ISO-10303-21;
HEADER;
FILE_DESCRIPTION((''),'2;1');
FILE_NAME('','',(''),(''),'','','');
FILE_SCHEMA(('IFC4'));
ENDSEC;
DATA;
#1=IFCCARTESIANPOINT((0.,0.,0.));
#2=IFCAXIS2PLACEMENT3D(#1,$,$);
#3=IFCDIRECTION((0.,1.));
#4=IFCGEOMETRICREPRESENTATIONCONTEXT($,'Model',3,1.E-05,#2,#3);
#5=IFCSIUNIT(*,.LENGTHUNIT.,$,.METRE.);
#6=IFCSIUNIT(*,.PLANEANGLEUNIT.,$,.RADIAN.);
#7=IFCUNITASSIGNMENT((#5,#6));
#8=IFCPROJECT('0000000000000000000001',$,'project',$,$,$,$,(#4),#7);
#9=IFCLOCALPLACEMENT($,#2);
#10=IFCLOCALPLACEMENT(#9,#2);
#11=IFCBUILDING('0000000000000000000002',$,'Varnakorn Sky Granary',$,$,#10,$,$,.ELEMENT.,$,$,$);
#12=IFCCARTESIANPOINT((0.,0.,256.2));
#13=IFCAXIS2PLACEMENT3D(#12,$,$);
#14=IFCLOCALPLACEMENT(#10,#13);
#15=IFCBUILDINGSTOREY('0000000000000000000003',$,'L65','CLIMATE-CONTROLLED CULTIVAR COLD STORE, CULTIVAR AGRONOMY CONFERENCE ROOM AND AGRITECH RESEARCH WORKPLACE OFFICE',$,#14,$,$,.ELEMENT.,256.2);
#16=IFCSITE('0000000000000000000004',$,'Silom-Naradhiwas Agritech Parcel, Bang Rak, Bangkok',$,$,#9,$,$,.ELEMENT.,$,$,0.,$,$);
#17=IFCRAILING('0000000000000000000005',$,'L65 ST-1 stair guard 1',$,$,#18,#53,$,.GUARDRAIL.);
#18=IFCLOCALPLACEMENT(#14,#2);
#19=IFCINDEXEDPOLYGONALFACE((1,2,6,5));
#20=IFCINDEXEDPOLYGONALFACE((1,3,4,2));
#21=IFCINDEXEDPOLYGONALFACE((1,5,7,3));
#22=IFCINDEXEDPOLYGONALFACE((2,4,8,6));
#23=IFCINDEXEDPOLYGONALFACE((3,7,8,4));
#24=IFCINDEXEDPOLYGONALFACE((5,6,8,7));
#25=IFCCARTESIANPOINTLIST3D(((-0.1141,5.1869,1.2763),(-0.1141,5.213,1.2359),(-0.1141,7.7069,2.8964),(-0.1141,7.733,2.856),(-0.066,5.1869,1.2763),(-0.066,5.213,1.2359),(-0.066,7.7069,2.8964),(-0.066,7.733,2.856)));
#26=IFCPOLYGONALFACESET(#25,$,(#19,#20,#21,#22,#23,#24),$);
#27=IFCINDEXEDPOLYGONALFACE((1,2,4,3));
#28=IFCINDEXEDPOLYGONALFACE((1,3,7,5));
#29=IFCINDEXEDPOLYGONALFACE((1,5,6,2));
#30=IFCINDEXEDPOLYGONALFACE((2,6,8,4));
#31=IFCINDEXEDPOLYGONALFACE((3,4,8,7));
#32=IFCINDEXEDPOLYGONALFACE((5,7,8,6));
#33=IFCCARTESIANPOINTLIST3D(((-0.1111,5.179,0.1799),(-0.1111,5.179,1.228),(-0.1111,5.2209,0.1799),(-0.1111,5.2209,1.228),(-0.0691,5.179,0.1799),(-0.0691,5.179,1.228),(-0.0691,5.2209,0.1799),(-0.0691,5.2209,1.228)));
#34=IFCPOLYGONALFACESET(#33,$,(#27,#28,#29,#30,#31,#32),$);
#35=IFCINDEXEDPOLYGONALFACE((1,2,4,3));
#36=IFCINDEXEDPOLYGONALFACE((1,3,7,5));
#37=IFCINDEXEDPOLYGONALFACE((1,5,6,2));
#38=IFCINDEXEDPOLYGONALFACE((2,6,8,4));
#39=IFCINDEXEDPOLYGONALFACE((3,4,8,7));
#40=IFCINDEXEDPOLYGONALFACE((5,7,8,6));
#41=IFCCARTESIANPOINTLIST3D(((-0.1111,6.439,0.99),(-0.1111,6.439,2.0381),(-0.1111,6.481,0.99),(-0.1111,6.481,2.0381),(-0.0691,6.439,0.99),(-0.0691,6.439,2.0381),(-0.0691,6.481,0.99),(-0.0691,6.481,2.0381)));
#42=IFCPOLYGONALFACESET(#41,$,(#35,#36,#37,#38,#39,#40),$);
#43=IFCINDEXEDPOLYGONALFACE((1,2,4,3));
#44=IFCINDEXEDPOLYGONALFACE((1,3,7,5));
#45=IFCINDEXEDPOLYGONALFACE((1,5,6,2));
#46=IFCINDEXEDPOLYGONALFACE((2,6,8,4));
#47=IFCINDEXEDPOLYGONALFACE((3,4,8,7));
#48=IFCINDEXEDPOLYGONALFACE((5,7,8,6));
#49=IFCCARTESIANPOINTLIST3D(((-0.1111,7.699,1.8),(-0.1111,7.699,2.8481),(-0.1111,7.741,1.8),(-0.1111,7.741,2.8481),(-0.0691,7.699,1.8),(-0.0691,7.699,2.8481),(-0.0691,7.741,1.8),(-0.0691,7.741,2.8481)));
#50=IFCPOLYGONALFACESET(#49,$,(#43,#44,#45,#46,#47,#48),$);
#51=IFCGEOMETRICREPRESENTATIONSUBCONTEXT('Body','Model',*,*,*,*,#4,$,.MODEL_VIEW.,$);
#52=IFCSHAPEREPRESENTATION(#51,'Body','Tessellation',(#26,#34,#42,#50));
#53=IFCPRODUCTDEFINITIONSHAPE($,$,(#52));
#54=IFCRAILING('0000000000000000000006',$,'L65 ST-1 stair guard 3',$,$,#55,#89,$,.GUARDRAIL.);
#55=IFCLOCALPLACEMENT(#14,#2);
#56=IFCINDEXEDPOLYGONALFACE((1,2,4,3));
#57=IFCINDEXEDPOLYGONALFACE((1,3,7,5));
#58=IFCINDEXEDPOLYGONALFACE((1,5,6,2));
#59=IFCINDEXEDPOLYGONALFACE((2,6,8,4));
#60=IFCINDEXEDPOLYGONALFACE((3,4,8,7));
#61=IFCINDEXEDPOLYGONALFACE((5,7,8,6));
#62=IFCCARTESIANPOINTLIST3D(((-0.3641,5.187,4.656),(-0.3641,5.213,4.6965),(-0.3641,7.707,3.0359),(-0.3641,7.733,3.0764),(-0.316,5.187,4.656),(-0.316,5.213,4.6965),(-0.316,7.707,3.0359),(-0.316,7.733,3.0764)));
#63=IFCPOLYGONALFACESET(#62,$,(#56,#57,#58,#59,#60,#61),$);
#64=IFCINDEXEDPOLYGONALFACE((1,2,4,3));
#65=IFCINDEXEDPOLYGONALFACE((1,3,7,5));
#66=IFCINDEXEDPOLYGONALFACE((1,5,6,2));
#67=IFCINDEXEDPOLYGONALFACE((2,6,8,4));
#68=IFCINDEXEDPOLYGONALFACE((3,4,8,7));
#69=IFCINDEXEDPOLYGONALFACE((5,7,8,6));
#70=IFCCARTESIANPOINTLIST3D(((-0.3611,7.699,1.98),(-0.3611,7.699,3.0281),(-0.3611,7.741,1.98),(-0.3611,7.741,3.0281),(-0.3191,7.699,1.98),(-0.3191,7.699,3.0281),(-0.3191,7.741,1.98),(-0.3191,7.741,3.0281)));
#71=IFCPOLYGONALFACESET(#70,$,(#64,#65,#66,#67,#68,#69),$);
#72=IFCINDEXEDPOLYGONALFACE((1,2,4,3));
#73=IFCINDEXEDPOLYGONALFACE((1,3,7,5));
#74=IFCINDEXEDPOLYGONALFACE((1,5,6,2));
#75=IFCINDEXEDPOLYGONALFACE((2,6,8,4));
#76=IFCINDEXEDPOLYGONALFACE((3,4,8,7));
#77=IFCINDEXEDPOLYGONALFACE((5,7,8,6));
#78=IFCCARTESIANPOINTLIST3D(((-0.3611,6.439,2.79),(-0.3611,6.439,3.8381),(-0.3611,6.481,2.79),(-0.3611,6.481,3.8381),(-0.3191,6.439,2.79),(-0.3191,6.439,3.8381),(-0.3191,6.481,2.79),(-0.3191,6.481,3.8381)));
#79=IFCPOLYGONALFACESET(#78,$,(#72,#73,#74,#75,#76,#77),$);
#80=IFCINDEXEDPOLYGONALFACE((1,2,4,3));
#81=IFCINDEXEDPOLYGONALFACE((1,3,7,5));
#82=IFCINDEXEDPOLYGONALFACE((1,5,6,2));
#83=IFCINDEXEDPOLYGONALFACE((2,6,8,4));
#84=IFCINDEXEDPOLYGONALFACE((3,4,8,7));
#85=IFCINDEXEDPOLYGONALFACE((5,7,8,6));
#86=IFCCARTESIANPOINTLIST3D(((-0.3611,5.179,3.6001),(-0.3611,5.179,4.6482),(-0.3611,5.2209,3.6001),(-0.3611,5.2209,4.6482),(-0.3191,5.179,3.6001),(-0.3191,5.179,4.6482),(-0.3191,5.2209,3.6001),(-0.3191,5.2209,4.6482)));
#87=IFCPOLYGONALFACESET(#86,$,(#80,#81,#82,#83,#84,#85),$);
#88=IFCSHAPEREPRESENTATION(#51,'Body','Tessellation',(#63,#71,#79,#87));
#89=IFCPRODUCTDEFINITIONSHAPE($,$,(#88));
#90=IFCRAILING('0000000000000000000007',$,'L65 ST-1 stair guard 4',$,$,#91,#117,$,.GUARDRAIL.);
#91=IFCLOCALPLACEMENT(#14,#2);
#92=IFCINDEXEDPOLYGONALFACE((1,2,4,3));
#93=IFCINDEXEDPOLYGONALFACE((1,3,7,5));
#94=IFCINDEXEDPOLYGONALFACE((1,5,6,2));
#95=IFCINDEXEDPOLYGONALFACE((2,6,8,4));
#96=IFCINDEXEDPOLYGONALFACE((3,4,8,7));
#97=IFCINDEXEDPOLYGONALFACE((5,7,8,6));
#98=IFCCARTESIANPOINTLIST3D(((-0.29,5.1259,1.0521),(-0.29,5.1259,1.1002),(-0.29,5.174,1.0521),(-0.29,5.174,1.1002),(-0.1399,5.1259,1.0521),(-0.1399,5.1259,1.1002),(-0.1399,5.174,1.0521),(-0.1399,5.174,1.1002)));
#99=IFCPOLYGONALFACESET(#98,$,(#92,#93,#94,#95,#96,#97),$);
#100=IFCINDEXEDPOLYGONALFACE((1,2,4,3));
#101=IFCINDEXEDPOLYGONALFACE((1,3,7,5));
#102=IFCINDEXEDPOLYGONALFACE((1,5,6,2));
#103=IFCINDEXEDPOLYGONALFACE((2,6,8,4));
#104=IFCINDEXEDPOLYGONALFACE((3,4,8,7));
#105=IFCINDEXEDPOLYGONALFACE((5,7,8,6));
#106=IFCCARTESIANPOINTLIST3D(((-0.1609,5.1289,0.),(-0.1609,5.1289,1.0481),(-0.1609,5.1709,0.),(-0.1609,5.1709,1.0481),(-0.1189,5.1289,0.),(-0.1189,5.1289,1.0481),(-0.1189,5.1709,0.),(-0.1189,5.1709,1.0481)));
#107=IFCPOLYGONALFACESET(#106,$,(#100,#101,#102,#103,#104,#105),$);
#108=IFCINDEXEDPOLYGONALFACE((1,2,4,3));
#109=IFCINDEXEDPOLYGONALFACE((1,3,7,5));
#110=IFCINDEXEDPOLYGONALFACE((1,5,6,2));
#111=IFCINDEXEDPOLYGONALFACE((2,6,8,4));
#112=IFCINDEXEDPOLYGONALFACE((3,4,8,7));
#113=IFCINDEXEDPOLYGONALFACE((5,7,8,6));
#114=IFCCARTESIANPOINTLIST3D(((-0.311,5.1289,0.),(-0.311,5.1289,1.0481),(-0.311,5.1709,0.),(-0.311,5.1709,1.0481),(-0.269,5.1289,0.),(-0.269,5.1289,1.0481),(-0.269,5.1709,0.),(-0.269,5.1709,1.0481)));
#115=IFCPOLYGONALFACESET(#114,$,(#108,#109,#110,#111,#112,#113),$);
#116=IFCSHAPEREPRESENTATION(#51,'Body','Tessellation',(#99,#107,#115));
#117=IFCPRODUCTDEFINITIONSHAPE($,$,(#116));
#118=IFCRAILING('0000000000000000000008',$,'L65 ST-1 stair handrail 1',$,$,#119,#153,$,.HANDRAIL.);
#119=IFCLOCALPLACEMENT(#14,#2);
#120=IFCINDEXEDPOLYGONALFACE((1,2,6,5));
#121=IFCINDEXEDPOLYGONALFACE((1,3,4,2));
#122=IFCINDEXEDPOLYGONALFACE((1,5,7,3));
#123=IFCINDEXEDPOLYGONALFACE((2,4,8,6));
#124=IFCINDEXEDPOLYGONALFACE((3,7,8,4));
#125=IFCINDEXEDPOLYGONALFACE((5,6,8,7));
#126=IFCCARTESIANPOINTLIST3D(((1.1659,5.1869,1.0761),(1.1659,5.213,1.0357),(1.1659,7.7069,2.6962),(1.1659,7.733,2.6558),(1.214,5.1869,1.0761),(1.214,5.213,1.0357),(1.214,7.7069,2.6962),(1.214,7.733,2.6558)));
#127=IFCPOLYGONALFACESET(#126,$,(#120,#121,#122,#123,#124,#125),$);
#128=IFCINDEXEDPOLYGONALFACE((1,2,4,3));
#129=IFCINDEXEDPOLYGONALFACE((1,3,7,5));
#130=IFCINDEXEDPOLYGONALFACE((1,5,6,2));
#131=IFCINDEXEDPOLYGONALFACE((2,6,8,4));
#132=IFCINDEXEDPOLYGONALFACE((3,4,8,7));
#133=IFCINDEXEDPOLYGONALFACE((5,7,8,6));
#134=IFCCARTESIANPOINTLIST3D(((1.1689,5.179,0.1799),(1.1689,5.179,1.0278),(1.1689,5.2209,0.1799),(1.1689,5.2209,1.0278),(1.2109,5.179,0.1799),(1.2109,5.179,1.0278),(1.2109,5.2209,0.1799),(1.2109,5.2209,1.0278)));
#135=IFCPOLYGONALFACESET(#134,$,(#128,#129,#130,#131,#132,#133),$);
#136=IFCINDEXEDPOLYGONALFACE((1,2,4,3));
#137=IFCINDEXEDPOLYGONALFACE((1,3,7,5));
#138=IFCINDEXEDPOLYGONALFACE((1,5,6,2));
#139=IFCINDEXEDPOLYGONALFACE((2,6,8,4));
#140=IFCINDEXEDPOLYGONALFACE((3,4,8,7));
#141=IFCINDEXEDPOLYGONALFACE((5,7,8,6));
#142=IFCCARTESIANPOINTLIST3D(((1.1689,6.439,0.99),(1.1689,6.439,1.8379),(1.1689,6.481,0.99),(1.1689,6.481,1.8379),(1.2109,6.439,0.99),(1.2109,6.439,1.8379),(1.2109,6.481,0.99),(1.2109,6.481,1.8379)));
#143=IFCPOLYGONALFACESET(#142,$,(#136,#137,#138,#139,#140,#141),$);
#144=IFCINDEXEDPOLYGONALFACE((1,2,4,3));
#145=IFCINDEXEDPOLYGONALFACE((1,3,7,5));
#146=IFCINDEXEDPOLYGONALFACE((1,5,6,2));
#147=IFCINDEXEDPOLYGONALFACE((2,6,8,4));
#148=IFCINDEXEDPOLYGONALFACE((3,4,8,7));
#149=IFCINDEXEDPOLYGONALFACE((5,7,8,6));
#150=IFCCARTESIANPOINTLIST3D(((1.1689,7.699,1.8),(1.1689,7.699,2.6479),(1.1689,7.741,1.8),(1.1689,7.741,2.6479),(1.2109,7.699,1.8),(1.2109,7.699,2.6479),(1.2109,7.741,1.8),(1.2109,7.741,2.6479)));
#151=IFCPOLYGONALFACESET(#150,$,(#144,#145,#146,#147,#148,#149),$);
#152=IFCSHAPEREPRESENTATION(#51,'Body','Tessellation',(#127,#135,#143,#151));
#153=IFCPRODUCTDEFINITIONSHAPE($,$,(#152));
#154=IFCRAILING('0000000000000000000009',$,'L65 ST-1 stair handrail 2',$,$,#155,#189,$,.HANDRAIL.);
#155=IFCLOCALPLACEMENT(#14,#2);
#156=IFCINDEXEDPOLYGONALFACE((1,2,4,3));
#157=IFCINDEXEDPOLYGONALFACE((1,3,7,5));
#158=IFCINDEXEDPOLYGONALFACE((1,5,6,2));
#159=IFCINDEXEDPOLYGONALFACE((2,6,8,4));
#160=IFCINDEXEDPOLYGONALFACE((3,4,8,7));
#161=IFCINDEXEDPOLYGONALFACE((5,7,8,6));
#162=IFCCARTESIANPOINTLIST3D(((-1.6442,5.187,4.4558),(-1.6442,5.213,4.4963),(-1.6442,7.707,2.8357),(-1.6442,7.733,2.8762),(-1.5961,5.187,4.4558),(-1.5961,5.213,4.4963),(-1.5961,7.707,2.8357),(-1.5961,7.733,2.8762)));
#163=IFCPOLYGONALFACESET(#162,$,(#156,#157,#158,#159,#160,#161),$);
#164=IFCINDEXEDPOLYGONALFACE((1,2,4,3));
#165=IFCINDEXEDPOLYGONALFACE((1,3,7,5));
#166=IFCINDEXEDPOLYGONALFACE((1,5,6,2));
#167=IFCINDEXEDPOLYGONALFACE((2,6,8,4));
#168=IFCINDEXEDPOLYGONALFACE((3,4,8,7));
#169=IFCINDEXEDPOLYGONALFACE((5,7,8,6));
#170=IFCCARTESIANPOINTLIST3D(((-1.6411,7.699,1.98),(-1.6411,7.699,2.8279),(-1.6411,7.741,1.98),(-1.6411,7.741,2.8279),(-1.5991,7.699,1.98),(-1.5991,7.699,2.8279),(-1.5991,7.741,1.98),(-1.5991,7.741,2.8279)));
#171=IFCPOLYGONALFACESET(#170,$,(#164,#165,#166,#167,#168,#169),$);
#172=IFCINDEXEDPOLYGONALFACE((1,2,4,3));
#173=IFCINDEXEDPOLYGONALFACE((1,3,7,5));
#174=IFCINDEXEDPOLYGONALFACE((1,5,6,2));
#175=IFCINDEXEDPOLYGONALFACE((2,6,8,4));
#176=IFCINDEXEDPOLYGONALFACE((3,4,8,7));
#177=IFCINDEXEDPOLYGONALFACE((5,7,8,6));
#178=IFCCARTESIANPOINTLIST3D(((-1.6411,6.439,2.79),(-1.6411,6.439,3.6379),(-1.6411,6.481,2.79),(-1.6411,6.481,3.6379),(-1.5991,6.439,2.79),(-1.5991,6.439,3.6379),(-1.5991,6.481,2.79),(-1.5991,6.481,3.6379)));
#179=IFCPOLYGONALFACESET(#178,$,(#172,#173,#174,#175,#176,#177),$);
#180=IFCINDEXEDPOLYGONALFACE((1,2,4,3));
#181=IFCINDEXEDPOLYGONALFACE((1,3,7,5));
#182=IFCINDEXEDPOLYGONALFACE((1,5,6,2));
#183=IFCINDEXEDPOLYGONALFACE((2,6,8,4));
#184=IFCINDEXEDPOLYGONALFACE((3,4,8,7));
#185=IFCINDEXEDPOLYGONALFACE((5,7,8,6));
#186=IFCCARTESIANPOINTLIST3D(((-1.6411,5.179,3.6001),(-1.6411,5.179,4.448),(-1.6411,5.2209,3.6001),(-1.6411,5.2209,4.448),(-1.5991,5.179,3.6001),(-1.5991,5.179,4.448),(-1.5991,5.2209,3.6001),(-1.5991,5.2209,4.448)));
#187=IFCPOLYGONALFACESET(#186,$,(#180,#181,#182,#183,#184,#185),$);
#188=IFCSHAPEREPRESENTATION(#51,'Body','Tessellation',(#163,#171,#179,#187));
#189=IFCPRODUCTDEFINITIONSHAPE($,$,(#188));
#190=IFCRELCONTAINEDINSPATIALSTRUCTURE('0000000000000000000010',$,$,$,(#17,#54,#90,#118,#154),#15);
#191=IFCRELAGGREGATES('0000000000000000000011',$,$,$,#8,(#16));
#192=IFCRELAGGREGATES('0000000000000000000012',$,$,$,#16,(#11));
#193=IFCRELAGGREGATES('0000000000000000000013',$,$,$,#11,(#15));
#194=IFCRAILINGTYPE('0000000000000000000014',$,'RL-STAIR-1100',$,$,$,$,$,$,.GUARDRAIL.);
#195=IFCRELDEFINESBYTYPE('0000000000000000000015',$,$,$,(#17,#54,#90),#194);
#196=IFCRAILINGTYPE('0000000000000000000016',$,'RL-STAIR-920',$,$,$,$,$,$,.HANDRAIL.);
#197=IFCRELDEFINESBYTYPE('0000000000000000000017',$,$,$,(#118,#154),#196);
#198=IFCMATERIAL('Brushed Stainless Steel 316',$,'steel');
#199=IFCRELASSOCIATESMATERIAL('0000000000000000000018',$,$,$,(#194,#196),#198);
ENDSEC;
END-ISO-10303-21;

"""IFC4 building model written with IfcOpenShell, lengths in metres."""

from ifc_helpers import new_model, si_unit, direction, frame, origin, origin_2d, place, context, subcontext, project, spatial, rectangle, extrude, material, type_object, element, save


model = new_model("IFC4")

# Units and contexts
model_context = context("Model", 3, precision=1e-05, world=origin(), true_north=direction((0.0, 1.0)))
body_context = subcontext(model_context, "Body", "Model", "MODEL_VIEW")
ifc_project = project(units=[si_unit("LENGTHUNIT", "METRE"), si_unit("PLANEANGLEUNIT", "RADIAN")], contexts=[model_context])

# Site, building, storey
site_placement = place(None, origin())
site = spatial("IfcSite", under=ifc_project, at=site_placement, Name="Silom-Naradhiwas Agritech Parcel, Bang Rak, Bangkok", CompositionType="ELEMENT", RefElevation=0.0)
building_placement = place(site_placement, origin())
building = spatial("IfcBuilding", under=site, at=building_placement, Name="Varnakorn Sky Granary", CompositionType="ELEMENT")
storey_placement = place(building_placement, frame((0.0, 0.0, 256.2)))
storey = spatial("IfcBuildingStorey", under=building, at=storey_placement, Name="L65", Description="CLIMATE-CONTROLLED CULTIVAR COLD STORE, CULTIVAR AGRONOMY CONFERENCE ROOM AND AGRITECH RESEARCH WORKPLACE OFFICE", CompositionType="ELEMENT", Elevation=256.2)

# Railings
ifc_material_1 = material(Name="Brushed Stainless Steel 316", Category="steel")
railing_type_1 = type_object("IfcRailingType", Name="RL-STAIR-1100", PredefinedType="GUARDRAIL", material=ifc_material_1)
railing_1_placement = place(storey_placement, frame((-0.0901, 5.2, 0.1799)))
element("IfcRailing", 1, at=railing_1_placement, inside=storey, type_object=railing_type_1, Name="L65 ST-1 stair guard 1", PredefinedType="GUARDRAIL", context=body_context, shape_type="SweptSolid", body=[
    extrude(rectangle(XDim=0.0481, YDim=0.0481, at=origin_2d()), frame((0.0, 0.0, 1.0762), z_axis=(0.0, 0.841163, 0.540782), x_axis=(-1.0, 0.0, 0.0)), (0.0, 0.0, 1.0), 2.9958),
    extrude(rectangle(XDim=0.042, YDim=0.042, at=origin_2d()), origin(), (0.0, 0.0, 1.0), 1.0481),
    extrude(rectangle(XDim=0.042, YDim=0.042, at=origin_2d()), frame((0.0, 1.26, 0.8101)), (0.0, 0.0, 1.0), 1.0481),
    extrude(rectangle(XDim=0.042, YDim=0.042, at=origin_2d()), frame((0.0, 2.52, 1.6201)), (0.0, 0.0, 1.0), 1.0481),
])
railing_2_placement = place(storey_placement, frame((-0.3401, 7.72, 1.98)))
element("IfcRailing", 2, at=railing_2_placement, inside=storey, type_object=railing_type_1, Name="L65 ST-1 stair guard 3", PredefinedType="GUARDRAIL", context=body_context, shape_type="SweptSolid", body=[
    extrude(rectangle(XDim=0.0481, YDim=0.0481, at=origin_2d()), frame((0.0, 0.0, 1.0762), z_axis=(0.0, -0.841163, 0.540782), x_axis=(1.0, 0.0, 0.0)), (0.0, 0.0, 1.0), 2.9958),
    extrude(rectangle(XDim=0.042, YDim=0.042, at=origin_2d()), origin(), (0.0, 0.0, 1.0), 1.0481),
    extrude(rectangle(XDim=0.042, YDim=0.042, at=origin_2d()), frame((0.0, -1.26, 0.8101)), (0.0, 0.0, 1.0), 1.0481),
    extrude(rectangle(XDim=0.042, YDim=0.042, at=origin_2d()), frame((0.0, -2.52, 1.6201)), (0.0, 0.0, 1.0), 1.0481),
])
railing_3_placement = place(storey_placement, frame((-0.1399, 5.1499, 0.0)))
element("IfcRailing", 3, at=railing_3_placement, inside=storey, type_object=railing_type_1, Name="L65 ST-1 stair guard 4", PredefinedType="GUARDRAIL", context=body_context, shape_type="SweptSolid", body=[
    extrude(rectangle(XDim=0.0481, YDim=0.0481, at=origin_2d()), frame((0.0, 0.0, 1.0762), z_axis=(-1.0, 0.0, 0.0), x_axis=(0.0, -1.0, 0.0)), (0.0, 0.0, 1.0), 0.1501),
    extrude(rectangle(XDim=0.042, YDim=0.042, at=origin_2d()), origin(), (0.0, 0.0, 1.0), 1.0481),
    extrude(rectangle(XDim=0.042, YDim=0.042, at=origin_2d()), frame((-0.1501, 0.0, 0.0)), (0.0, 0.0, 1.0), 1.0481),
])
railing_type_2 = type_object("IfcRailingType", Name="RL-STAIR-920", PredefinedType="HANDRAIL", material=ifc_material_1)
railing_4_placement = place(storey_placement, frame((1.1899, 5.2, 0.1799)))
element("IfcRailing", 4, at=railing_4_placement, inside=storey, type_object=railing_type_2, Name="L65 ST-1 stair handrail 1", PredefinedType="HANDRAIL", context=body_context, shape_type="SweptSolid", body=[
    extrude(rectangle(XDim=0.0481, YDim=0.0481, at=origin_2d()), frame((0.0, 0.0, 0.876), z_axis=(0.0, 0.841163, 0.540782), x_axis=(-1.0, 0.0, 0.0)), (0.0, 0.0, 1.0), 2.9958),
    extrude(rectangle(XDim=0.042, YDim=0.042, at=origin_2d()), origin(), (0.0, 0.0, 1.0), 0.8479),
    extrude(rectangle(XDim=0.042, YDim=0.042, at=origin_2d()), frame((0.0, 1.26, 0.8101)), (0.0, 0.0, 1.0), 0.8479),
    extrude(rectangle(XDim=0.042, YDim=0.042, at=origin_2d()), frame((0.0, 2.52, 1.6201)), (0.0, 0.0, 1.0), 0.8479),
])
railing_5_placement = place(storey_placement, frame((-1.6201, 7.72, 1.98)))
element("IfcRailing", 5, at=railing_5_placement, inside=storey, type_object=railing_type_2, Name="L65 ST-1 stair handrail 2", PredefinedType="HANDRAIL", context=body_context, shape_type="SweptSolid", body=[
    extrude(rectangle(XDim=0.0481, YDim=0.0481, at=origin_2d()), frame((0.0, 0.0, 0.876), z_axis=(0.0, -0.841163, 0.540782), x_axis=(1.0, 0.0, 0.0)), (0.0, 0.0, 1.0), 2.9958),
    extrude(rectangle(XDim=0.042, YDim=0.042, at=origin_2d()), origin(), (0.0, 0.0, 1.0), 0.8479),
    extrude(rectangle(XDim=0.042, YDim=0.042, at=origin_2d()), frame((0.0, -1.26, 0.8101)), (0.0, 0.0, 1.0), 0.8479),
    extrude(rectangle(XDim=0.042, YDim=0.042, at=origin_2d()), frame((0.0, -2.52, 1.6201)), (0.0, 0.0, 1.0), 0.8479),
])

save(model, "model.ifc")
